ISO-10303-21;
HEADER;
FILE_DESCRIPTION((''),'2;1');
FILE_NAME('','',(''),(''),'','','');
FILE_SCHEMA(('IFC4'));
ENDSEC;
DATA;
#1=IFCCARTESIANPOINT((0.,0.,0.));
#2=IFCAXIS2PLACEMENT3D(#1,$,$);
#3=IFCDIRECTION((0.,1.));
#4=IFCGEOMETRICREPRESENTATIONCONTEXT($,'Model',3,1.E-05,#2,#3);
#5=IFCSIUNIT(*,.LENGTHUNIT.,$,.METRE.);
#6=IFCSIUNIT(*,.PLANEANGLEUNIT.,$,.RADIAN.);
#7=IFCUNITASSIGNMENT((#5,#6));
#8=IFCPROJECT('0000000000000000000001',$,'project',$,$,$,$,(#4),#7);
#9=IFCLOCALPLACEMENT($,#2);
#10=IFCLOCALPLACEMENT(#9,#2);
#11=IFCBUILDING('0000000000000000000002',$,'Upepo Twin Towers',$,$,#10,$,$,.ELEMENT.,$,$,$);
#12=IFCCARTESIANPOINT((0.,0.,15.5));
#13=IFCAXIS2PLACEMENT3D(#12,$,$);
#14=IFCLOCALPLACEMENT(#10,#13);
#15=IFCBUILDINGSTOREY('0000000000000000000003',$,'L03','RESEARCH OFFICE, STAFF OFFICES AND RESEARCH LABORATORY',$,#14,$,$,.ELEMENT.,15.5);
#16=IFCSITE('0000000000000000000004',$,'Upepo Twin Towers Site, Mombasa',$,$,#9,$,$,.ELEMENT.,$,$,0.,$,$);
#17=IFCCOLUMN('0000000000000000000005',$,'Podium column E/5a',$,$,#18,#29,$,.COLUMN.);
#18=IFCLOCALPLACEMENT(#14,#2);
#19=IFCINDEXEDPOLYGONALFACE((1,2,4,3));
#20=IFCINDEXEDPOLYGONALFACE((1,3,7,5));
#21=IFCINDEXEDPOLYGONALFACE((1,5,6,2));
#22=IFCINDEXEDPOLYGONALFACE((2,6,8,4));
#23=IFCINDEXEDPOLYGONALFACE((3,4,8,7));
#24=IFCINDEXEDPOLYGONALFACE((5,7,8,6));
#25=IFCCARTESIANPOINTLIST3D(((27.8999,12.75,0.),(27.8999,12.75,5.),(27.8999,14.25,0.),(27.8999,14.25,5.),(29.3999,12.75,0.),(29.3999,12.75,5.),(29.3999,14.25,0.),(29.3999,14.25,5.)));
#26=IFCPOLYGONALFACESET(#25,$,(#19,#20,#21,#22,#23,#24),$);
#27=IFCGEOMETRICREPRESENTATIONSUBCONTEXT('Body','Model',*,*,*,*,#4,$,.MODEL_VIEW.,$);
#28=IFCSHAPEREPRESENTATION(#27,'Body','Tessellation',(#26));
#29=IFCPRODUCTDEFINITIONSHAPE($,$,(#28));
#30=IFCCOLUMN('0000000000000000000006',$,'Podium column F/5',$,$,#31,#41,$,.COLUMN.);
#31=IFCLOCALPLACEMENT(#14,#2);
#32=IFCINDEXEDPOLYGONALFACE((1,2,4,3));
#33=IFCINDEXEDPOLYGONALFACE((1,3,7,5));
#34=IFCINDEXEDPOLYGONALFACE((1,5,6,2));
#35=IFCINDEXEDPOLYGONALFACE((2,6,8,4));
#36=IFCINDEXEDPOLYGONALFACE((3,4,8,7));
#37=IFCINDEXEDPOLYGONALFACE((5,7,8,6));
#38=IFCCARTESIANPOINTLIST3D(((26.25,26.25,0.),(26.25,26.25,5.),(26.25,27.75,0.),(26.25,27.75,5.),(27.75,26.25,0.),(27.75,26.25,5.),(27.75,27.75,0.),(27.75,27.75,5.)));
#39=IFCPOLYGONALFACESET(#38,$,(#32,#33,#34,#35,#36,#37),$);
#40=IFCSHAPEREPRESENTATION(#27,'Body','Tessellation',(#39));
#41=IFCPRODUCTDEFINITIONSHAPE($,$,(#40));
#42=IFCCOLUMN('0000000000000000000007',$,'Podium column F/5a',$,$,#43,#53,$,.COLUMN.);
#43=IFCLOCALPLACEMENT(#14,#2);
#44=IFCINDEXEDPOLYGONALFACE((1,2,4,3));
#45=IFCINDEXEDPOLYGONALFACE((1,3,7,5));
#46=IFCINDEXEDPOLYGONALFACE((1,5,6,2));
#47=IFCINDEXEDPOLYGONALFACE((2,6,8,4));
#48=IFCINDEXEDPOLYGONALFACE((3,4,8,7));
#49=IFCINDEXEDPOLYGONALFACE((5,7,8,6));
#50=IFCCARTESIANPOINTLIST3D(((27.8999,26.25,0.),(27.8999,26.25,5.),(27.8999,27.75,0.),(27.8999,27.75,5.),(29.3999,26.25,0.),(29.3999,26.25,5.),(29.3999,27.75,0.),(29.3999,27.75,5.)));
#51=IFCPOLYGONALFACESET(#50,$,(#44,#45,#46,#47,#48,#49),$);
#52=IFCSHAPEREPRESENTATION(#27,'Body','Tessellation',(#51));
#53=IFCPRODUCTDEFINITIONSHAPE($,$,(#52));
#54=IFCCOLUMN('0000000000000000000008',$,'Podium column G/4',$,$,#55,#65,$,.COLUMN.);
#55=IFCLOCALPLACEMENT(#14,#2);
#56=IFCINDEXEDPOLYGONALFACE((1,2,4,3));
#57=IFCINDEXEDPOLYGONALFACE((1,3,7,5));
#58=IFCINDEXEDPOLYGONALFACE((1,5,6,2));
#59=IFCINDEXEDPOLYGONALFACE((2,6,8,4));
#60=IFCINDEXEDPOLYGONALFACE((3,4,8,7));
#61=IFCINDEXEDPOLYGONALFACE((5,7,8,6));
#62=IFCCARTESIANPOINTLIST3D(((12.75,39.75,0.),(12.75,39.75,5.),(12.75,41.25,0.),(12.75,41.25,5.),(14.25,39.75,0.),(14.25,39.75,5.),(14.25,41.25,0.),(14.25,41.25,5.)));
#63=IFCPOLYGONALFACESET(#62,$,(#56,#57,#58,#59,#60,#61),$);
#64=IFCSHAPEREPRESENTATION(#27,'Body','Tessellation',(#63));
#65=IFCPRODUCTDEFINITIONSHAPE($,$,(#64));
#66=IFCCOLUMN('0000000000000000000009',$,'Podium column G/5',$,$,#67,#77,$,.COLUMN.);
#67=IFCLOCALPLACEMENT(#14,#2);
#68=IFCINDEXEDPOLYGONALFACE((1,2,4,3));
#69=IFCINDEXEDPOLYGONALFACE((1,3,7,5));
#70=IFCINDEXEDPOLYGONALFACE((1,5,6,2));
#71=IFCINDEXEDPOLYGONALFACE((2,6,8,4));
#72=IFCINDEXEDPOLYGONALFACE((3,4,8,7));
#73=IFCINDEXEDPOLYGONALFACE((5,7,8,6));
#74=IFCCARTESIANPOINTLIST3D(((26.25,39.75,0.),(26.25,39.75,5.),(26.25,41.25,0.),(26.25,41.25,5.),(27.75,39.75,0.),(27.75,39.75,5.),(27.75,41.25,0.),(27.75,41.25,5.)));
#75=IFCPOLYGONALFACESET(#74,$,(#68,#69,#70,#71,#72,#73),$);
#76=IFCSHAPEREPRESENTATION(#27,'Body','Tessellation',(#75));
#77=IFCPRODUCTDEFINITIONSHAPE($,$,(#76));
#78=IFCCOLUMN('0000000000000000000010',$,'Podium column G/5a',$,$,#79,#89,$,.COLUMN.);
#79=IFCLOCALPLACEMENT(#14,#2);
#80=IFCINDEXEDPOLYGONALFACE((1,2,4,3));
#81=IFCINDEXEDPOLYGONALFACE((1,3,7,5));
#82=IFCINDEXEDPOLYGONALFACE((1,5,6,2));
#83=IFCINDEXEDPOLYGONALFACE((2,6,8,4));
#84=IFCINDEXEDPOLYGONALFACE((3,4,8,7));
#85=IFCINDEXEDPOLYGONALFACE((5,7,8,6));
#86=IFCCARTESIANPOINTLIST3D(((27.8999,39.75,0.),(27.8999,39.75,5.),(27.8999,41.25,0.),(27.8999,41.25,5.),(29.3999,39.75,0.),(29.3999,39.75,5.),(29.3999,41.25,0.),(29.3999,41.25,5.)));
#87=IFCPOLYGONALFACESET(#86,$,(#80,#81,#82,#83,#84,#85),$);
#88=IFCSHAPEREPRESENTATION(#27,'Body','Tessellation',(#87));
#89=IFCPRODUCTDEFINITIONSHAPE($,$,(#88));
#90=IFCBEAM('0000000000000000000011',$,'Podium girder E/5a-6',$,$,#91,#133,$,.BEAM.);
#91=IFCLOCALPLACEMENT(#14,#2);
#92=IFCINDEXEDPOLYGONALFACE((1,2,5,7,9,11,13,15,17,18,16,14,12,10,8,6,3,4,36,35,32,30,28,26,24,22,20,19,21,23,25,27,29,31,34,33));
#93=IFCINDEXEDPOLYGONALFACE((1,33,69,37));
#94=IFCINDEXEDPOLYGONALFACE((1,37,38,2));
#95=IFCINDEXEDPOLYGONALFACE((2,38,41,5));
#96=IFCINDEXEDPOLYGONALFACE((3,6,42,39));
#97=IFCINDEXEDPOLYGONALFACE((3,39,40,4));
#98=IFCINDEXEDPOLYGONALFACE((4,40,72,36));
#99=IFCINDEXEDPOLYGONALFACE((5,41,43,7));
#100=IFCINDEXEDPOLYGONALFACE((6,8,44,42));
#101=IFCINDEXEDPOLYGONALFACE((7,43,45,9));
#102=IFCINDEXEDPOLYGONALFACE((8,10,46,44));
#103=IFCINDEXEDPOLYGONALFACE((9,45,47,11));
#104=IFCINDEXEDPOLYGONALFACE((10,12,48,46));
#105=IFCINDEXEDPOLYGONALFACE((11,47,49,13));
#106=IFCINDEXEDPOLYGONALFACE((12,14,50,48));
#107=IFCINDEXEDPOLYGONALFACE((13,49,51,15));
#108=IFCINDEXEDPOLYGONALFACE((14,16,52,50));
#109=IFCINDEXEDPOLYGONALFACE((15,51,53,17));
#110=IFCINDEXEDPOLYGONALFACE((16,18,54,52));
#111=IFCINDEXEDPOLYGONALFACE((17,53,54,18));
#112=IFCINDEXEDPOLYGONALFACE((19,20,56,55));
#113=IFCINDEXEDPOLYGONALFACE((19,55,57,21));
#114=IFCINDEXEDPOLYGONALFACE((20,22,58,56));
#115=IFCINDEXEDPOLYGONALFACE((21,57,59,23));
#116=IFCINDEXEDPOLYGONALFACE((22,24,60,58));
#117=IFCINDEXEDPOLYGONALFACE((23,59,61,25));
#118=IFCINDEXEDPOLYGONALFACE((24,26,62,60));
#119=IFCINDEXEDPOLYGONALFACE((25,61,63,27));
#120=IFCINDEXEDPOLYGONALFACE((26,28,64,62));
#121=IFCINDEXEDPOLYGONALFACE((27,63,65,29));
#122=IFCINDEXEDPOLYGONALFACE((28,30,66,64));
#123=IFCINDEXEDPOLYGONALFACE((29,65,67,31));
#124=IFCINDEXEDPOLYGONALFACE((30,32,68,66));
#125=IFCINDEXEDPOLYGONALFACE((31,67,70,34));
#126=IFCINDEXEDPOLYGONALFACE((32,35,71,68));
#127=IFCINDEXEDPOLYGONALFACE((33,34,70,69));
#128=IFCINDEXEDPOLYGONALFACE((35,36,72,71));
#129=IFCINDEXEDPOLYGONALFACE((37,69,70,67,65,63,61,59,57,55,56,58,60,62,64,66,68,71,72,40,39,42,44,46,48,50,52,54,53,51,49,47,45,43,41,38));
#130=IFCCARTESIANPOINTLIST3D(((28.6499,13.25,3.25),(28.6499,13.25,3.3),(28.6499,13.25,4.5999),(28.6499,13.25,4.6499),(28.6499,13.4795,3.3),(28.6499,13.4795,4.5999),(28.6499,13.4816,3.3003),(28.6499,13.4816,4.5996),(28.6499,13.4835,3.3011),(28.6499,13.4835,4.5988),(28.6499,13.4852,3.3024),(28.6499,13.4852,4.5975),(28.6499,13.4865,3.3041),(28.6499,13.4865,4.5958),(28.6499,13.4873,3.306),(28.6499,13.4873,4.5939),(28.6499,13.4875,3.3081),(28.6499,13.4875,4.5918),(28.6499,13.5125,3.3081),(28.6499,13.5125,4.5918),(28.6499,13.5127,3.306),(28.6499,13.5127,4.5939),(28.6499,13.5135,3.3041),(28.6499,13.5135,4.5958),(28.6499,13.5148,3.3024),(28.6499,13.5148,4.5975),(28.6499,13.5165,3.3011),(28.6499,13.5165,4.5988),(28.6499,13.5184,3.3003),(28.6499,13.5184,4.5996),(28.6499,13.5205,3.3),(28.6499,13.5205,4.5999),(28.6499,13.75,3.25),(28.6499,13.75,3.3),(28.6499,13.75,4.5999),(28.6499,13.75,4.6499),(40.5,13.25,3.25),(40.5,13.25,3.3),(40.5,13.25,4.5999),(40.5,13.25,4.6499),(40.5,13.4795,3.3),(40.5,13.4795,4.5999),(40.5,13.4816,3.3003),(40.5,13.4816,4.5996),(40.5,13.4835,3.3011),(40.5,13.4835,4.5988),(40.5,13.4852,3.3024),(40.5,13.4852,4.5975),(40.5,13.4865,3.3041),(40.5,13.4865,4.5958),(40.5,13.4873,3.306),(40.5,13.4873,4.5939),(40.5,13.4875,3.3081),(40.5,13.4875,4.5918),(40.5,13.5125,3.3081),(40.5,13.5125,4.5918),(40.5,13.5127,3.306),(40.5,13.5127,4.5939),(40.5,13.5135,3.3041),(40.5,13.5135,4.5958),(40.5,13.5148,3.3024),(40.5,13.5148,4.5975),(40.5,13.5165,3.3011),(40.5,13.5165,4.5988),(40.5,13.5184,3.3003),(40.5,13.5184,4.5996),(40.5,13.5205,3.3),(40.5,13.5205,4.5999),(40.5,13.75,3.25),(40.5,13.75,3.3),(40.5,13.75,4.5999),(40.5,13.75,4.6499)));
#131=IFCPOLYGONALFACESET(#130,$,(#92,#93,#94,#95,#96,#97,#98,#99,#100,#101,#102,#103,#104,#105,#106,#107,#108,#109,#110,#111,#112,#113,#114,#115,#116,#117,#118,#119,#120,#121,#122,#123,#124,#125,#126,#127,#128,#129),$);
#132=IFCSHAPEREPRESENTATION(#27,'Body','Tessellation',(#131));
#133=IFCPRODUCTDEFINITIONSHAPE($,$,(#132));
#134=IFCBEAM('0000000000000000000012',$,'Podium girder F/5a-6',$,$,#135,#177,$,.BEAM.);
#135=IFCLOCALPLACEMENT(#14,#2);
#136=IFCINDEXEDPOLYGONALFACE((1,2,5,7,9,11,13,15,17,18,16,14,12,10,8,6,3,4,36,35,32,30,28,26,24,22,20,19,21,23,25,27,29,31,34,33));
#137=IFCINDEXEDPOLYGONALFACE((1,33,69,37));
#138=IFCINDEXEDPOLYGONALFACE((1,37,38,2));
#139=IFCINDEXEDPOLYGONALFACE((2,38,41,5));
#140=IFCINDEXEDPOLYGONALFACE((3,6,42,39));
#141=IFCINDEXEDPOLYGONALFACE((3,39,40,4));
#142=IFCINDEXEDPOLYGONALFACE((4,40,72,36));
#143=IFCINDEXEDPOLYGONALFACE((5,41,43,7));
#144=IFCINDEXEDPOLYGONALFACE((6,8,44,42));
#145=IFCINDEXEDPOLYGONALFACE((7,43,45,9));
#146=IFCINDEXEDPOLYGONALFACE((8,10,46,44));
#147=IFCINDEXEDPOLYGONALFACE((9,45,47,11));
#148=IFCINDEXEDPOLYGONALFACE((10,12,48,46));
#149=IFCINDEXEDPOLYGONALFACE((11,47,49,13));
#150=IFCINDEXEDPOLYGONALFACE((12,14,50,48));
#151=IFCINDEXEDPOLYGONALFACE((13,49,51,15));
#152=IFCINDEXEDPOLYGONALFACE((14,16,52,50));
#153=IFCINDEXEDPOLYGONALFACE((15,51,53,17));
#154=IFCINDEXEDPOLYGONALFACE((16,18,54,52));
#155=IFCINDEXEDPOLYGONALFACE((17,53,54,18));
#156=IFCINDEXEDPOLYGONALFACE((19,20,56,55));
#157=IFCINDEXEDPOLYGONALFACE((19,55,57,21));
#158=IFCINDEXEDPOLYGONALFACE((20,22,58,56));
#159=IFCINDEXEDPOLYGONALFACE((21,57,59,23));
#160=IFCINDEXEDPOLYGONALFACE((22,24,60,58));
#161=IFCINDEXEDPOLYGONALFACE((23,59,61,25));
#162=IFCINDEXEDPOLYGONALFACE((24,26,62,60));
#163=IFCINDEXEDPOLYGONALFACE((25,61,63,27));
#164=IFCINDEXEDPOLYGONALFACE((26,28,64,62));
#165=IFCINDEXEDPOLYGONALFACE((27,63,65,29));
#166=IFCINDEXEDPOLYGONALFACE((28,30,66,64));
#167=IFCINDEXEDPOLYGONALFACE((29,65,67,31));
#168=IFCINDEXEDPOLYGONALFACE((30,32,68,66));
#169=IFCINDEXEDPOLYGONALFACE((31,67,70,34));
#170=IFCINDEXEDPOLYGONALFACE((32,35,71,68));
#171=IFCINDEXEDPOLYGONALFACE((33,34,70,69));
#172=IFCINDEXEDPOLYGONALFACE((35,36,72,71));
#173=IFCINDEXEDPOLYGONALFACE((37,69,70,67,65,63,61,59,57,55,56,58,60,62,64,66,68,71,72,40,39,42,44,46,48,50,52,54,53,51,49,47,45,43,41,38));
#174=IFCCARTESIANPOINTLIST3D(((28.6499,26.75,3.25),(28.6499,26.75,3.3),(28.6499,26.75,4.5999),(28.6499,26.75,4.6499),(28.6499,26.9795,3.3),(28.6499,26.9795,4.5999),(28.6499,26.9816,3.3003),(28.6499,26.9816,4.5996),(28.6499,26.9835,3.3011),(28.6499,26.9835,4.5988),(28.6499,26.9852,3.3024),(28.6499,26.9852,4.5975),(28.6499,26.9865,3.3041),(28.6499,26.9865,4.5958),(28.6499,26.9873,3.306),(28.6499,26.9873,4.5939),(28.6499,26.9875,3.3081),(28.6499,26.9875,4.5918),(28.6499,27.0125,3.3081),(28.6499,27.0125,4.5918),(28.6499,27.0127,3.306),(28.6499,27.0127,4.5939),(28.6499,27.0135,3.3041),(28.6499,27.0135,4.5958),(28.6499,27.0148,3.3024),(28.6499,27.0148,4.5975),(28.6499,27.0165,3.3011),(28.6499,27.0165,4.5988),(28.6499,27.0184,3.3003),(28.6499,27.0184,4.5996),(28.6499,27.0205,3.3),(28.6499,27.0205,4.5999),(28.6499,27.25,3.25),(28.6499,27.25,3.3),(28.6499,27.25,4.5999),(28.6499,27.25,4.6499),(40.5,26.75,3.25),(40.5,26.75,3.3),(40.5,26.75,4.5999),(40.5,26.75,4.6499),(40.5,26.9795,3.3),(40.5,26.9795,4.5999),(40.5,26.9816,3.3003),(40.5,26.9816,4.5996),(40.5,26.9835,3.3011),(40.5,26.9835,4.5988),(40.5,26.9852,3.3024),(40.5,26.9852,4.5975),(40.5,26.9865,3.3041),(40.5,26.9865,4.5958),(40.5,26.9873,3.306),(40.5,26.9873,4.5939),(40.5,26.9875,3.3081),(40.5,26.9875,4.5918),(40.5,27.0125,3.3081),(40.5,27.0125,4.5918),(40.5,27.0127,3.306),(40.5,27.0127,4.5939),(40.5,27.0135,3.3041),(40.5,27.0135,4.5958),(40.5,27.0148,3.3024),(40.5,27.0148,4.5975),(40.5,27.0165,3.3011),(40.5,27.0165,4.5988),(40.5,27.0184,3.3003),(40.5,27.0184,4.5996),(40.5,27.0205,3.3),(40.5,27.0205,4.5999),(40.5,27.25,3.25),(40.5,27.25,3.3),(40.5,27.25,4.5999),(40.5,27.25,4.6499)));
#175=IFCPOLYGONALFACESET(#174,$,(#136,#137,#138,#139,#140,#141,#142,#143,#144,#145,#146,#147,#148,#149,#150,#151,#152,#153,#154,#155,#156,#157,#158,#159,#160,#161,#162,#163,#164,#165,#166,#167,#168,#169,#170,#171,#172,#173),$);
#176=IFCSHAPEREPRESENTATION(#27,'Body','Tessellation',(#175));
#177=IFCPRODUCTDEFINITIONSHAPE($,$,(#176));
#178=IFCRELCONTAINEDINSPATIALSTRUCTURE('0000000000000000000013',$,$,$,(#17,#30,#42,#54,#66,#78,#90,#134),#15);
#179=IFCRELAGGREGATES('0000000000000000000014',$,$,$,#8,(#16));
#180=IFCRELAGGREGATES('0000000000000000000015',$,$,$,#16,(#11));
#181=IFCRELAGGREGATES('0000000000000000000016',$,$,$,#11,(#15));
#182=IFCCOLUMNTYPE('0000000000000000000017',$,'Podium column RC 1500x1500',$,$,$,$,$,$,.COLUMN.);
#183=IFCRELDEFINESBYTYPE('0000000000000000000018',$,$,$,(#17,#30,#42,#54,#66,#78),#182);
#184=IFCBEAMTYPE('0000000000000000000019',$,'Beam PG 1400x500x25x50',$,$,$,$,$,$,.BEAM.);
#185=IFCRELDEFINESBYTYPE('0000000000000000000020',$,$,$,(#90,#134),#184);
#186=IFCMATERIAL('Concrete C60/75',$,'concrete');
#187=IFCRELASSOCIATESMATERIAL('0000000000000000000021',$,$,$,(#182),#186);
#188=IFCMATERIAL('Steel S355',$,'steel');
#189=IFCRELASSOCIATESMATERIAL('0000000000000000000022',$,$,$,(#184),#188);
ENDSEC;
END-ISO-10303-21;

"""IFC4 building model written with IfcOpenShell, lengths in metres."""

from ifc_helpers import new_model, si_unit, direction, frame, origin, origin_2d, place, context, subcontext, project, spatial, rectangle, i_section, extrude, material, material_profile, profile_set, type_object, element, save


model = new_model("IFC4")

# Units and contexts
model_context = context("Model", 3, precision=1e-05, world=origin(), true_north=direction((0.0, 1.0)))
body_context = subcontext(model_context, "Body", "Model", "MODEL_VIEW")
ifc_project = project(units=[si_unit("LENGTHUNIT", "METRE"), si_unit("PLANEANGLEUNIT", "RADIAN")], contexts=[model_context])

# Site, building, storey
site_placement = place(None, origin())
site = spatial("IfcSite", under=ifc_project, at=site_placement, Name="Upepo Twin Towers Site, Mombasa", CompositionType="ELEMENT", RefElevation=0.0)
building_placement = place(site_placement, origin())
building = spatial("IfcBuilding", under=site, at=building_placement, Name="Upepo Twin Towers", CompositionType="ELEMENT")
storey_placement = place(building_placement, frame((0.0, 0.0, 15.5)))
storey = spatial("IfcBuildingStorey", under=building, at=storey_placement, Name="L03", Description="RESEARCH OFFICE, STAFF OFFICES AND RESEARCH LABORATORY", CompositionType="ELEMENT", Elevation=15.5)

# Columns
ifc_material_1 = material(Name="Concrete C60/75", Category="concrete")
ifc_material_profile_1 = material_profile(ifc_material_1, rectangle(XDim=1.5, YDim=1.5, at=origin_2d()), Name="RC 1500x1500")
ifc_profile_set_1 = profile_set([ifc_material_profile_1], Name="Concrete C60/75")
column_type = type_object("IfcColumnType", Name="Podium column RC 1500x1500", PredefinedType="COLUMN", material=ifc_profile_set_1)
for number, where, z_axis, x_axis, name in (
    (1, (28.6499, 13.5, 0.0), (0.0, 0.0, 1.0), (1.0, 0.0, 0.0), "Podium column E/5a"),
    (2, (27.0, 27.0, 0.0), (0.0, 0.0, 1.0), (1.0, 0.0, 0.0), "Podium column F/5"),
    (3, (28.6499, 27.0, 0.0), (0.0, 0.0, 1.0), (1.0, 0.0, 0.0), "Podium column F/5a"),
    (4, (13.5, 40.5, 0.0), (0.0, 0.0, 1.0), (1.0, 0.0, 0.0), "Podium column G/4"),
    (5, (27.0, 40.5, 0.0), (0.0, 0.0, 1.0), (1.0, 0.0, 0.0), "Podium column G/5"),
    (6, (28.6499, 40.5, 0.0), (0.0, 0.0, 1.0), (1.0, 0.0, 0.0), "Podium column G/5a"),
):
    element("IfcColumn", number, at=place(storey_placement, frame(where, z_axis=z_axis, x_axis=x_axis)), inside=storey, type_object=column_type, Name=name, PredefinedType="COLUMN", context=body_context, shape_type="SweptSolid", body=[
        extrude(rectangle(XDim=1.5, YDim=1.5, at=origin_2d()), origin(), (0.0, 0.0, 1.0), 5.0),
    ])

# Beams
ifc_material_2 = material(Name="Steel S355", Category="steel")
ifc_material_profile_2 = material_profile(ifc_material_2, i_section(OverallWidth=0.5, OverallDepth=1.3999, WebThickness=0.0249, FlangeThickness=0.05, FilletRadius=0.0081, at=origin_2d()), Name="PG 1400x500x25x50")
ifc_profile_set_2 = profile_set([ifc_material_profile_2], Name="Steel S355")
beam_type_1 = type_object("IfcBeamType", Name="Beam PG 1400x500x25x50", PredefinedType="BEAM", material=ifc_profile_set_2)
for number, where, z_axis, x_axis, name in (
    (7, (28.6499, 13.5, 3.95), (1.0, 0.0, 0.0), (0.0, 1.0, 0.0), "Podium girder E/5a-6"),
    (8, (28.6499, 27.0, 3.95), (1.0, 0.0, 0.0), (0.0, 1.0, 0.0), "Podium girder F/5a-6"),
):
    element("IfcBeam", number, at=place(storey_placement, frame(where, z_axis=z_axis, x_axis=x_axis)), inside=storey, type_object=beam_type_1, Name=name, PredefinedType="BEAM", context=body_context, shape_type="SweptSolid", body=[
        extrude(i_section(OverallWidth=0.5, OverallDepth=1.3999, WebThickness=0.0249, FlangeThickness=0.05, FilletRadius=0.0081, at=origin_2d()), origin(), (0.0, 0.0, 1.0), 11.8501),
    ])

save(model, "model.ifc")
